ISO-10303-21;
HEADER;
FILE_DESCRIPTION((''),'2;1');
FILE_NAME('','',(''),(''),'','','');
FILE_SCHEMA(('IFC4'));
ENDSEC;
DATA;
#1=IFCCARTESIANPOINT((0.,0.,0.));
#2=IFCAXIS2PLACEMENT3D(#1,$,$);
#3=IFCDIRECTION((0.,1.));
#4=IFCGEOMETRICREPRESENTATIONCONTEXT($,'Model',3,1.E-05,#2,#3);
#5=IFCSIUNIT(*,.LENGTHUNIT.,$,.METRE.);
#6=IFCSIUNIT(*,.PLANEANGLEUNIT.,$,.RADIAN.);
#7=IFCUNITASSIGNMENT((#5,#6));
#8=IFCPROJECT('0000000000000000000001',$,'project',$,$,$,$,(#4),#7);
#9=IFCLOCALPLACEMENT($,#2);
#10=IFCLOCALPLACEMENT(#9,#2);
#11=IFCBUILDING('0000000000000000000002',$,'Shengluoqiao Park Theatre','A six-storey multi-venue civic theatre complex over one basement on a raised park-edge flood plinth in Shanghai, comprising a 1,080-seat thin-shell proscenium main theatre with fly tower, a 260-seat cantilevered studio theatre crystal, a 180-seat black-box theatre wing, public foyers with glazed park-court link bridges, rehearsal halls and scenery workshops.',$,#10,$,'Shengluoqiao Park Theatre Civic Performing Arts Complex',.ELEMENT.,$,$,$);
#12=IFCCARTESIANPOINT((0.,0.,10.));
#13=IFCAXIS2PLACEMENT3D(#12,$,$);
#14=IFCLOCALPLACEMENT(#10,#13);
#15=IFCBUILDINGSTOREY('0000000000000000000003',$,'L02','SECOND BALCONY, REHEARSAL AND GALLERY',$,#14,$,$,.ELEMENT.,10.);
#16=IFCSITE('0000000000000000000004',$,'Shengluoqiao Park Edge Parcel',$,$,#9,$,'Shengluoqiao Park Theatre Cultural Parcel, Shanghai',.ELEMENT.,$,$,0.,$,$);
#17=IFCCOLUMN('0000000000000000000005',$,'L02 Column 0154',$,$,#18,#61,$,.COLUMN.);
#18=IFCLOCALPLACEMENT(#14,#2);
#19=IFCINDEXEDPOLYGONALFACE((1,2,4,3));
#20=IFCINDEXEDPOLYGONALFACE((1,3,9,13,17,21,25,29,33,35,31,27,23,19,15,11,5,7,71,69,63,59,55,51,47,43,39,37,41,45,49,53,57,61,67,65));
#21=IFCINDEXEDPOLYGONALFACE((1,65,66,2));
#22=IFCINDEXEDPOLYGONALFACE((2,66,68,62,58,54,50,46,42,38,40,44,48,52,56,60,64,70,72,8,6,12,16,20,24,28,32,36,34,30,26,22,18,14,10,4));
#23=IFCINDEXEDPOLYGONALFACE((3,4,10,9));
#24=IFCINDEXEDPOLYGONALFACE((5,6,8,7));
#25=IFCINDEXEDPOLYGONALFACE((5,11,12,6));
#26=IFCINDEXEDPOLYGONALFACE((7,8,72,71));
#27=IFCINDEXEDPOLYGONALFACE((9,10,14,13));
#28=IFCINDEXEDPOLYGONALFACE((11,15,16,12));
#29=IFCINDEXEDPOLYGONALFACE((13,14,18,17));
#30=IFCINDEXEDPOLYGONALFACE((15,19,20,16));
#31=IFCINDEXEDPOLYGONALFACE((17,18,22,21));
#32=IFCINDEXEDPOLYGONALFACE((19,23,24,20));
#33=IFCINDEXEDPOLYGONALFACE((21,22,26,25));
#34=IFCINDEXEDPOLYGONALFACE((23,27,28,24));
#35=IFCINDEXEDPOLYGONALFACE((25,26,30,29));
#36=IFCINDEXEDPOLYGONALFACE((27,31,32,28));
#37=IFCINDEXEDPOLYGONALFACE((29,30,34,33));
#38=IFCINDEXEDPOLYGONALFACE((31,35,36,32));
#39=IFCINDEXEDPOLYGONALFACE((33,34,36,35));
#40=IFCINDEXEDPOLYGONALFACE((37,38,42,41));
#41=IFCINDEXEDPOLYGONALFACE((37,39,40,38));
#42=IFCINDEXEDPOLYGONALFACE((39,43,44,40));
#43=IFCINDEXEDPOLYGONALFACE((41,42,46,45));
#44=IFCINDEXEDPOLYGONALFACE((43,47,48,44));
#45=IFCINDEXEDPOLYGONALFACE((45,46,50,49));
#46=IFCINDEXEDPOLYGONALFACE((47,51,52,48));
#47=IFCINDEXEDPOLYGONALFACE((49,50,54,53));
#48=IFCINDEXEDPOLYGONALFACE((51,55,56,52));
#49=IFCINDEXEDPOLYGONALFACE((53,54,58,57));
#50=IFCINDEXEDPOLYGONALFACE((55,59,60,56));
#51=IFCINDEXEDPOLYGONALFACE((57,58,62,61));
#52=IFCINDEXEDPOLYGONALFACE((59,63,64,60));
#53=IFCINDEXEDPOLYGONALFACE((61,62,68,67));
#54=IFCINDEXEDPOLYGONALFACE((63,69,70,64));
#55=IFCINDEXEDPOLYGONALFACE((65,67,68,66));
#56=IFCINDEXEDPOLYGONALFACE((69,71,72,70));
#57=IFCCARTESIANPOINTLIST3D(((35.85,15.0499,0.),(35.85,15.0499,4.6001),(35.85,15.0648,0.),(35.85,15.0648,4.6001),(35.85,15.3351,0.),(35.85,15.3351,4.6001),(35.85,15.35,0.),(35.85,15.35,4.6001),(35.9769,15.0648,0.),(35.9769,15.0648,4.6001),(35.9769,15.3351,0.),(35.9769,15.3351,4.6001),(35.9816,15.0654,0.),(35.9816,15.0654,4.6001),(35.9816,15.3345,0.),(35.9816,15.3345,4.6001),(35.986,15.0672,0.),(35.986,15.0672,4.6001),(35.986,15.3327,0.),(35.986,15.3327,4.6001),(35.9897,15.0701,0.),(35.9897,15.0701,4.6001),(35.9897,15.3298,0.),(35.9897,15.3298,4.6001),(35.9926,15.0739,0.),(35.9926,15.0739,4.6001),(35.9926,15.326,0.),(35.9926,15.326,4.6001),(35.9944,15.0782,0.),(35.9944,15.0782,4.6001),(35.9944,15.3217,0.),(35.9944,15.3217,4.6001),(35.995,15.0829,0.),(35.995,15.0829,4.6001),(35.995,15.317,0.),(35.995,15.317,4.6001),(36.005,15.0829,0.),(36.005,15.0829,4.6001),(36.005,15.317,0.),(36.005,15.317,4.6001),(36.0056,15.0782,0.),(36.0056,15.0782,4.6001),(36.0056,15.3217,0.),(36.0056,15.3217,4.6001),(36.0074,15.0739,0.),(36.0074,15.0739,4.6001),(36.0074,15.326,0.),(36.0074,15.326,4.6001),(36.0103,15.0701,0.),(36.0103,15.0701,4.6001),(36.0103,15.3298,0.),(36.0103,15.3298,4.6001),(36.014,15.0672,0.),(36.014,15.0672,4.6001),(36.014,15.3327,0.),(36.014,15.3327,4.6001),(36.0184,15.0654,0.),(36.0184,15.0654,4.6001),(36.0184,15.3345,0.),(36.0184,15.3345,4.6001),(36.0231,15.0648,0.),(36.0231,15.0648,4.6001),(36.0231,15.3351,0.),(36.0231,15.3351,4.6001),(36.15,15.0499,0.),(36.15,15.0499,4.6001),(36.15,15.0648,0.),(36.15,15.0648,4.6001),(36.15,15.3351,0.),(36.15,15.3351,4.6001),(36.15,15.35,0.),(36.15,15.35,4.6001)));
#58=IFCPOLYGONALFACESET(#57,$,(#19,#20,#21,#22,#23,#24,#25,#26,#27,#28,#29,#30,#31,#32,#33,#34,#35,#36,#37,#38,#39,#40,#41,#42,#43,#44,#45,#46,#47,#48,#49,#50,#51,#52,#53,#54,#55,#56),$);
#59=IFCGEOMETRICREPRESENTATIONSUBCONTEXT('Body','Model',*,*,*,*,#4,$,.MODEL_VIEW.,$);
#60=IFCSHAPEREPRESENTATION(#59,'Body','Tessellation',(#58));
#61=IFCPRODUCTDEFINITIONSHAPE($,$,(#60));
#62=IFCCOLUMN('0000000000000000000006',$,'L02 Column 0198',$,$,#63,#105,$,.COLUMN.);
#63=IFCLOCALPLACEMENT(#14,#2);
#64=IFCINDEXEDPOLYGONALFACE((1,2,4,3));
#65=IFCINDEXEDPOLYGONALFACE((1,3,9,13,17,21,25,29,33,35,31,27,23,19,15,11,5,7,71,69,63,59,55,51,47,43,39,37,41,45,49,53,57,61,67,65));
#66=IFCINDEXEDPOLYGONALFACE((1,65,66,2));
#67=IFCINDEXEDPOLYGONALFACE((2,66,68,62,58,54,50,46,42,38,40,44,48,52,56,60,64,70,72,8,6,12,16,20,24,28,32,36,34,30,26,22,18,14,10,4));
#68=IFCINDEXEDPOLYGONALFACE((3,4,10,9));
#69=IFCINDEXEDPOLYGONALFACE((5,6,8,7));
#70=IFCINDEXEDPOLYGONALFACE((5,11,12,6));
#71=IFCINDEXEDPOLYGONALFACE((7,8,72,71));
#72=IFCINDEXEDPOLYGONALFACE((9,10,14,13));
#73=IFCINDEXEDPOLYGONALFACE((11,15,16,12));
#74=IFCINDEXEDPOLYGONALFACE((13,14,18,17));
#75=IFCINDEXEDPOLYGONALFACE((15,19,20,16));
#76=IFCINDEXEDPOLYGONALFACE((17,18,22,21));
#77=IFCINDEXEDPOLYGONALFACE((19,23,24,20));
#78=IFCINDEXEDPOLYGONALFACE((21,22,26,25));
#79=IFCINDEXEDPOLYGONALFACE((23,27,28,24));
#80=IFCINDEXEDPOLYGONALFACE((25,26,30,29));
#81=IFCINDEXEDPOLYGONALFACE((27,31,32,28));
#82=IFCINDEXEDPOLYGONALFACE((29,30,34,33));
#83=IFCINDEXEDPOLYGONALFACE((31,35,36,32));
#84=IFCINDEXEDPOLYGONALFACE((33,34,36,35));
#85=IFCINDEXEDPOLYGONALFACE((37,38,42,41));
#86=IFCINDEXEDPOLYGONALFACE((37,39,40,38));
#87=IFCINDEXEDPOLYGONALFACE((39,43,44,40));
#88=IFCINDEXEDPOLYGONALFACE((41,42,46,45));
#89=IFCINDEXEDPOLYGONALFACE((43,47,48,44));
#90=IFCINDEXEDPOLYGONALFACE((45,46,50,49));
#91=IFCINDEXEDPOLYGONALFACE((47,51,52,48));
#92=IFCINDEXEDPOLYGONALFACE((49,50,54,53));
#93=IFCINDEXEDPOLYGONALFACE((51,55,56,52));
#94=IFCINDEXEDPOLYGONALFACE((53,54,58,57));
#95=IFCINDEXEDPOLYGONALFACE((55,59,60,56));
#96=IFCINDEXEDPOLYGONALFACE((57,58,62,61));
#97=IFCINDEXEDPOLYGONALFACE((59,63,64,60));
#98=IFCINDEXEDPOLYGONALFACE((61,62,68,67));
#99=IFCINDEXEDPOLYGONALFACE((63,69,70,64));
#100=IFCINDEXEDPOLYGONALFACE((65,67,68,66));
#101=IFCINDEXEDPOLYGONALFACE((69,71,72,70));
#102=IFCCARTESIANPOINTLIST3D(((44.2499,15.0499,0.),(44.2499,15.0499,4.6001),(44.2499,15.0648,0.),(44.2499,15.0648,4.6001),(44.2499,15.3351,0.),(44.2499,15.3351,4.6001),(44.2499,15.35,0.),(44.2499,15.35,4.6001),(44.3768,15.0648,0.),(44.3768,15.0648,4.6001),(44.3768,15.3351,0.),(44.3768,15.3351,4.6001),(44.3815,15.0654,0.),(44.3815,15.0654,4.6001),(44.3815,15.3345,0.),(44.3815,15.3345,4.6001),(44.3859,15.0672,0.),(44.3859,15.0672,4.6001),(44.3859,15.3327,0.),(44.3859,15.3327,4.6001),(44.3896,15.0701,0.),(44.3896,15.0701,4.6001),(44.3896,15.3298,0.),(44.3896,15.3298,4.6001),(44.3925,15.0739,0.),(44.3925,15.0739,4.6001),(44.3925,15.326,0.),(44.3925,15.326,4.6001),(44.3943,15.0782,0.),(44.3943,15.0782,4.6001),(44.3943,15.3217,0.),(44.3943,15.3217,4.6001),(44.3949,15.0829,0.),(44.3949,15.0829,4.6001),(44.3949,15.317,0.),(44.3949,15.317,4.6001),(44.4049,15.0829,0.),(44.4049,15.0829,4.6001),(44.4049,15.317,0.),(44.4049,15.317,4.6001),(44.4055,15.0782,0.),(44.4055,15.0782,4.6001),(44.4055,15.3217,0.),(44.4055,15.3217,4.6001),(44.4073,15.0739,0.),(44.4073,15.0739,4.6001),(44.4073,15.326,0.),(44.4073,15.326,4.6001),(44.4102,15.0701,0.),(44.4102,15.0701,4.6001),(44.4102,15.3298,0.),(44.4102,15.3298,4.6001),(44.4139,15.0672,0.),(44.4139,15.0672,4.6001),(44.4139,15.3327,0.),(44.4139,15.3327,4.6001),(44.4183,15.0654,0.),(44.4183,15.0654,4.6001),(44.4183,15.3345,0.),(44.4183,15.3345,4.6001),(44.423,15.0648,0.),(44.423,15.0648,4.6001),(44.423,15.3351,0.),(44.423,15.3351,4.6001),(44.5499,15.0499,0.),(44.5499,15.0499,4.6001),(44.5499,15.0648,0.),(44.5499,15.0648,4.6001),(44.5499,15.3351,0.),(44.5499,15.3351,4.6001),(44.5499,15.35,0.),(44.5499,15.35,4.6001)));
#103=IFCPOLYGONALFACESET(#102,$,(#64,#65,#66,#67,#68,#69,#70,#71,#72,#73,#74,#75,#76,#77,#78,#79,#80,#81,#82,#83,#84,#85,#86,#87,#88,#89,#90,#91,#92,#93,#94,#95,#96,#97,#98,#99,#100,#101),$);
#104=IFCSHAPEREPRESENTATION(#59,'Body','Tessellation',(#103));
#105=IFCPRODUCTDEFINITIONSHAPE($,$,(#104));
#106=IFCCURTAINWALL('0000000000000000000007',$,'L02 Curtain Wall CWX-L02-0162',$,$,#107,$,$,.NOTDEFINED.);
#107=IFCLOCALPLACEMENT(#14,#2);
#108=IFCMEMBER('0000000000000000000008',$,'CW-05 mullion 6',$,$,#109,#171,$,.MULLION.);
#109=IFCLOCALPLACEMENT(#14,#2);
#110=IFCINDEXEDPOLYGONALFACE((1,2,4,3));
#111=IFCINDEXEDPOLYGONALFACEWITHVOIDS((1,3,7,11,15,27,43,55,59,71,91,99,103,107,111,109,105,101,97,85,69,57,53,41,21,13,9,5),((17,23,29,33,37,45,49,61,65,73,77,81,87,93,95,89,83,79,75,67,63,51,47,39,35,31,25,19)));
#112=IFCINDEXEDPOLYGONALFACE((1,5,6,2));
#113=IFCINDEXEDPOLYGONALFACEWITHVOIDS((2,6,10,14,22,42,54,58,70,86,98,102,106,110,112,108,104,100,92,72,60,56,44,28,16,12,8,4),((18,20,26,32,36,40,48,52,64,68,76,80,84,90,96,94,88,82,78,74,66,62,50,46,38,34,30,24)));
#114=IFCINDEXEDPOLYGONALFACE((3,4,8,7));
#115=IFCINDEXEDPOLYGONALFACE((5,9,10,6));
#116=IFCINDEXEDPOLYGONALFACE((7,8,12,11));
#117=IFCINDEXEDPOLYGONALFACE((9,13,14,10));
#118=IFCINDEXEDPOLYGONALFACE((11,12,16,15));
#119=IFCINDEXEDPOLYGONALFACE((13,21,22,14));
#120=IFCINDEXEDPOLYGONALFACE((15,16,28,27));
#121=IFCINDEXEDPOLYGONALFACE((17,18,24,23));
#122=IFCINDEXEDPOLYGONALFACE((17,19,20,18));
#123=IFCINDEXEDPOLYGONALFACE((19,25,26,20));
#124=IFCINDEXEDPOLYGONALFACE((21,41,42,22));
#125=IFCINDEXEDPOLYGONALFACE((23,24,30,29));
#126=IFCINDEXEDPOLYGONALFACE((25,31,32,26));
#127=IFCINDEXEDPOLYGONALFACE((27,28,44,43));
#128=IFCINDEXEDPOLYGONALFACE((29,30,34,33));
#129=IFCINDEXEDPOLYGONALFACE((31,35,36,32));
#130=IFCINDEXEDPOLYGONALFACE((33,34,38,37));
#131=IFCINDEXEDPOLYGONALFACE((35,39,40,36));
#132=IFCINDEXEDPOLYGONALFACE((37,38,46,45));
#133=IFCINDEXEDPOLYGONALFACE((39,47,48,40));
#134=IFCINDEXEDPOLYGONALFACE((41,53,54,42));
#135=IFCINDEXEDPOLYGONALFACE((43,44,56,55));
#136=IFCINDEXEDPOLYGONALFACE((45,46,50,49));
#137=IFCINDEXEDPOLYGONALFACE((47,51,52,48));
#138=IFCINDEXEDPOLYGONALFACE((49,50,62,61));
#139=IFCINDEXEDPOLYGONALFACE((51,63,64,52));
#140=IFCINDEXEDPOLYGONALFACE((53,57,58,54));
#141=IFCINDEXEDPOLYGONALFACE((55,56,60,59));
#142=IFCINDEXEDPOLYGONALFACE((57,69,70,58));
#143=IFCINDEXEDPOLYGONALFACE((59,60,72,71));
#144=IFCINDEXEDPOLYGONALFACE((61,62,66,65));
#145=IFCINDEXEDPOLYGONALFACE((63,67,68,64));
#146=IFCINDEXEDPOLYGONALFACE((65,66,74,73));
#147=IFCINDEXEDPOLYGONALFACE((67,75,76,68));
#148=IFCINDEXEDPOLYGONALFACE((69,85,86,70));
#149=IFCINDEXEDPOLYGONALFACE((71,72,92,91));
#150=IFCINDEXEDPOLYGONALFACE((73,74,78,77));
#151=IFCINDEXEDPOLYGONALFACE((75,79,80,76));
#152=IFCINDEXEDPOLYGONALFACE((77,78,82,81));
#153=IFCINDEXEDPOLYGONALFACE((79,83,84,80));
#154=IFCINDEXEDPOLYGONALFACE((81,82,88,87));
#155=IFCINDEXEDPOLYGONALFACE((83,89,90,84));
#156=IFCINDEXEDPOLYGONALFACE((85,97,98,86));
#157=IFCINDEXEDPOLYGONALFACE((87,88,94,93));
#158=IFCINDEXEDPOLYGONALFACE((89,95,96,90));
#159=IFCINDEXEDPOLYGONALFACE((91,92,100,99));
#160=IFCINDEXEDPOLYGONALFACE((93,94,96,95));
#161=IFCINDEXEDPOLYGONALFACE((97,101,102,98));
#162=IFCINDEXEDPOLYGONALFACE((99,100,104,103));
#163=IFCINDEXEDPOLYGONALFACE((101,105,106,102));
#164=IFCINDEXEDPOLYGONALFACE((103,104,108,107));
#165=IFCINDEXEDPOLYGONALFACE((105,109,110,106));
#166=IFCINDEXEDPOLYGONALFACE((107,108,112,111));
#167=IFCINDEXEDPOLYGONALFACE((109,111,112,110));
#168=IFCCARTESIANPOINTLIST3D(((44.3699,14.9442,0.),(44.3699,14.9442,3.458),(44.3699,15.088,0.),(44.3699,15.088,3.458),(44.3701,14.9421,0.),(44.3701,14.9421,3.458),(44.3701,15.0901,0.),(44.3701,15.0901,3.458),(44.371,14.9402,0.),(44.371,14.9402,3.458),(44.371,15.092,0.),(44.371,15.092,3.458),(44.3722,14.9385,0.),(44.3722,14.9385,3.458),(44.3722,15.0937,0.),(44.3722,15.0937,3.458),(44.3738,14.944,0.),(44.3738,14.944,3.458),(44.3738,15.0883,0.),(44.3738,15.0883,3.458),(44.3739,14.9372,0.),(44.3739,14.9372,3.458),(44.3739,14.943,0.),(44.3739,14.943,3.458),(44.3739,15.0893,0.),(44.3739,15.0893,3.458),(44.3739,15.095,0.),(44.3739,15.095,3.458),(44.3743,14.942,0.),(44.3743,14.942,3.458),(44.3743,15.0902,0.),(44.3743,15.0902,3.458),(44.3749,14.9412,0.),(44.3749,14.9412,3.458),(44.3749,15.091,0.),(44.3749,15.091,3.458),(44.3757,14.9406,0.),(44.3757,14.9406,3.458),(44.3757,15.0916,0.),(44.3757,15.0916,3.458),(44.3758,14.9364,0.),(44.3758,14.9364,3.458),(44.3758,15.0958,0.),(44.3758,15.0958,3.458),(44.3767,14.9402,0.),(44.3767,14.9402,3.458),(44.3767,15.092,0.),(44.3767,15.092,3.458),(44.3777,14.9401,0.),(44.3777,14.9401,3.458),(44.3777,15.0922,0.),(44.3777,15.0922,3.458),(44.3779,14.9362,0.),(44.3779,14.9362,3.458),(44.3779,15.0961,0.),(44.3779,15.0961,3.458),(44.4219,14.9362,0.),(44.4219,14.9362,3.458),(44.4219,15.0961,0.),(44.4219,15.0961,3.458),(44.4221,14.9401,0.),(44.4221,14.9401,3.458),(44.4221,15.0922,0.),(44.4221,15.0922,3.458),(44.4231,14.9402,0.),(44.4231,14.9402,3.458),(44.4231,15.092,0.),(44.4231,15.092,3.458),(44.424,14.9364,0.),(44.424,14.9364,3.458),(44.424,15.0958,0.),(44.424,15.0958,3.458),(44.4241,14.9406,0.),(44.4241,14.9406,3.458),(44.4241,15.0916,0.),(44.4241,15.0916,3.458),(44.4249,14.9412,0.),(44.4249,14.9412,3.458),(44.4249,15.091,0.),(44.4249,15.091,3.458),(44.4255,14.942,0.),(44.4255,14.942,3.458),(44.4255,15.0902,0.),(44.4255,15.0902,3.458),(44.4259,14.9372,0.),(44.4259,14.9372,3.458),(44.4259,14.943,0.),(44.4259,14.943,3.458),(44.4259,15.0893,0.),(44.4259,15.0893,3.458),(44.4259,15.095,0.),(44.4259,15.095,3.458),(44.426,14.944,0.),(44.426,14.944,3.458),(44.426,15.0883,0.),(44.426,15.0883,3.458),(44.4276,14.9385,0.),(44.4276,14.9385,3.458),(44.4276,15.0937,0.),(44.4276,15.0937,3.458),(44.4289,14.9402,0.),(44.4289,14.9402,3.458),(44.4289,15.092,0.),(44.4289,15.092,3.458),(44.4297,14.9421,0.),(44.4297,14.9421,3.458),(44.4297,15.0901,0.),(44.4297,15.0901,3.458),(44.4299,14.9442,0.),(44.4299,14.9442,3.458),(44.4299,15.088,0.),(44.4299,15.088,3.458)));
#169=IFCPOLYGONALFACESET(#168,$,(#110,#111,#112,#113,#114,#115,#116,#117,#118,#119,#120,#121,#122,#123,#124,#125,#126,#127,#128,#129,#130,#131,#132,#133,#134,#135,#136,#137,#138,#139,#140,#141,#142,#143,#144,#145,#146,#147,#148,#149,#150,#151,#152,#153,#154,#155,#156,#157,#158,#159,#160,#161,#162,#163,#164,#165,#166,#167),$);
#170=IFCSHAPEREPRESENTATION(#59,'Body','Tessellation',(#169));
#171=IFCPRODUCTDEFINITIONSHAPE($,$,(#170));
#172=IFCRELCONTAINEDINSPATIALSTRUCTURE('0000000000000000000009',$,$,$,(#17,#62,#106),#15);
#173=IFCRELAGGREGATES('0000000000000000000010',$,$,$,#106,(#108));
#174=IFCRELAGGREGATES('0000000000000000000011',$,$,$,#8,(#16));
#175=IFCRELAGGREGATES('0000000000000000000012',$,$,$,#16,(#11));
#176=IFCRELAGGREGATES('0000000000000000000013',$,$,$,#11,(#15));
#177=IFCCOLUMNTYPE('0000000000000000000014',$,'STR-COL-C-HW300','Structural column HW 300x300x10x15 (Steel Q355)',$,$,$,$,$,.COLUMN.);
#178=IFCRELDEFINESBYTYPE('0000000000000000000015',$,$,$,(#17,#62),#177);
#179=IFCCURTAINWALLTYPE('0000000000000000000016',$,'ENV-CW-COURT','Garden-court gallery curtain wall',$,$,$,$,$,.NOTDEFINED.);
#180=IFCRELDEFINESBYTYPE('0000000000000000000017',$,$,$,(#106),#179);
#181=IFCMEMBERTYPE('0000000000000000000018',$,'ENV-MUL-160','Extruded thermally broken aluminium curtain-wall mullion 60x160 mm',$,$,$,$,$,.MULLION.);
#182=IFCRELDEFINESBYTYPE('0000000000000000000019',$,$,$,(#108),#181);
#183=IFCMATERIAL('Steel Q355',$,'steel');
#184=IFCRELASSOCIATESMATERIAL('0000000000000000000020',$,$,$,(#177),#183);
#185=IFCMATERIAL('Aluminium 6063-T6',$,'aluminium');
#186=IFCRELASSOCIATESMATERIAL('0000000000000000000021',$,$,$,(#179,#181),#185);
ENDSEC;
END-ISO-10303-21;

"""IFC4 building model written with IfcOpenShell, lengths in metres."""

from ifc_helpers import new_model, si_unit, direction, frame, origin, origin_2d, place, context, subcontext, project, spatial, hollow_rectangle, i_section, extrude, material, material_profile, profile_set, type_object, element, aggregate, save


model = new_model("IFC4")

# Units and contexts
model_context = context("Model", 3, precision=1e-05, world=origin(), true_north=direction((0.0, 1.0)))
body_context = subcontext(model_context, "Body", "Model", "MODEL_VIEW")
ifc_project = project(units=[si_unit("LENGTHUNIT", "METRE"), si_unit("PLANEANGLEUNIT", "RADIAN")], contexts=[model_context])

# Site, building, storey
site_placement = place(None, origin())
site = spatial("IfcSite", under=ifc_project, at=site_placement, Name="Shengluoqiao Park Edge Parcel", LongName="Shengluoqiao Park Theatre Cultural Parcel, Shanghai", CompositionType="ELEMENT", RefElevation=0.0)
building_placement = place(site_placement, origin())
building = spatial("IfcBuilding", under=site, at=building_placement, Name="Shengluoqiao Park Theatre", Description="A six-storey multi-venue civic theatre complex over one basement on a raised park-edge flood plinth in Shanghai, comprising a 1,080-seat thin-shell proscenium main theatre with fly tower, a 260-seat cantilevered studio theatre crystal, a 180-seat black-box theatre wing, public foyers with glazed park-court link bridges, rehearsal halls and scenery workshops.", LongName="Shengluoqiao Park Theatre Civic Performing Arts Complex", CompositionType="ELEMENT")
storey_placement = place(building_placement, frame((0.0, 0.0, 10.0)))
storey = spatial("IfcBuildingStorey", under=building, at=storey_placement, Name="L02", Description="SECOND BALCONY, REHEARSAL AND GALLERY", CompositionType="ELEMENT", Elevation=10.0)

# Columns
ifc_material_1 = material(Name="Steel Q355", Category="steel")
ifc_material_profile_1 = material_profile(ifc_material_1, i_section(OverallWidth=0.3, OverallDepth=0.3, WebThickness=0.01, FlangeThickness=0.0149, FilletRadius=0.0181, at=origin_2d()), Name="HW 300x300x10x15")
ifc_profile_set_1 = profile_set([ifc_material_profile_1], Name="Steel Q355")
column_type = type_object("IfcColumnType", Name="STR-COL-C-HW300", Description="Structural column HW 300x300x10x15 (Steel Q355)", PredefinedType="COLUMN", material=ifc_profile_set_1)
for number, where, z_axis, x_axis, name in (
    (1, (36.0, 15.2, 0.0), (0.0, 0.0, 1.0), (1.0, 0.0, 0.0), "L02 Column 0154"),
    (2, (44.3999, 15.2, 0.0), (0.0, 0.0, 1.0), (1.0, 0.0, 0.0), "L02 Column 0198"),
):
    element("IfcColumn", number, at=place(storey_placement, frame(where, z_axis=z_axis, x_axis=x_axis)), inside=storey, type_object=column_type, Name=name, PredefinedType="COLUMN", context=body_context, shape_type="SweptSolid", body=[
        extrude(i_section(OverallWidth=0.3, OverallDepth=0.3, WebThickness=0.01, FlangeThickness=0.0149, FilletRadius=0.0181, at=origin_2d()), origin(), (0.0, 0.0, 1.0), 4.6001),
    ])

# Curtain wall, member
ifc_material_2 = material(Name="Aluminium 6063-T6", Category="aluminium")
curtain_wall_type = type_object("IfcCurtainWallType", Name="ENV-CW-COURT", Description="Garden-court gallery curtain wall", PredefinedType="NOTDEFINED", material=ifc_material_2)
curtain_wall_1_placement = place(storey_placement, origin())
curtain_wall_1 = element("IfcCurtainWall", 3, at=curtain_wall_1_placement, inside=storey, type_object=curtain_wall_type, Name="L02 Curtain Wall CWX-L02-0162", PredefinedType="NOTDEFINED")
ifc_material_profile_2 = material_profile(ifc_material_2, hollow_rectangle(XDim=0.0601, YDim=0.1599, WallThickness=0.0039, InnerFilletRadius=0.0039, OuterFilletRadius=0.0081, at=origin_2d()), Name="ALU MULLION 160x60x4")
ifc_profile_set_2 = profile_set([ifc_material_profile_2], Name="Aluminium 6063-T6")
member_type_1 = type_object("IfcMemberType", Name="ENV-MUL-160", Description="Extruded thermally broken aluminium curtain-wall mullion 60x160 mm", PredefinedType="MULLION", material=ifc_profile_set_2)
member_1_placement = place(storey_placement, frame((44.3999, 15.0161, 0.0), z_axis=(0.0, 0.0, 1.0), x_axis=(-1.0, 0.0, 0.0)))
member_1 = element("IfcMember", 4, at=member_1_placement, type_object=member_type_1, Name="CW-05 mullion 6", PredefinedType="MULLION", context=body_context, shape_type="SweptSolid", body=[
    extrude(hollow_rectangle(XDim=0.0601, YDim=0.1599, WallThickness=0.0039, InnerFilletRadius=0.0039, OuterFilletRadius=0.0081, at=origin_2d()), origin(), (0.0, 0.0, 1.0), 3.458),
])

aggregate(curtain_wall_1, [member_1])

save(model, "model.ifc")
